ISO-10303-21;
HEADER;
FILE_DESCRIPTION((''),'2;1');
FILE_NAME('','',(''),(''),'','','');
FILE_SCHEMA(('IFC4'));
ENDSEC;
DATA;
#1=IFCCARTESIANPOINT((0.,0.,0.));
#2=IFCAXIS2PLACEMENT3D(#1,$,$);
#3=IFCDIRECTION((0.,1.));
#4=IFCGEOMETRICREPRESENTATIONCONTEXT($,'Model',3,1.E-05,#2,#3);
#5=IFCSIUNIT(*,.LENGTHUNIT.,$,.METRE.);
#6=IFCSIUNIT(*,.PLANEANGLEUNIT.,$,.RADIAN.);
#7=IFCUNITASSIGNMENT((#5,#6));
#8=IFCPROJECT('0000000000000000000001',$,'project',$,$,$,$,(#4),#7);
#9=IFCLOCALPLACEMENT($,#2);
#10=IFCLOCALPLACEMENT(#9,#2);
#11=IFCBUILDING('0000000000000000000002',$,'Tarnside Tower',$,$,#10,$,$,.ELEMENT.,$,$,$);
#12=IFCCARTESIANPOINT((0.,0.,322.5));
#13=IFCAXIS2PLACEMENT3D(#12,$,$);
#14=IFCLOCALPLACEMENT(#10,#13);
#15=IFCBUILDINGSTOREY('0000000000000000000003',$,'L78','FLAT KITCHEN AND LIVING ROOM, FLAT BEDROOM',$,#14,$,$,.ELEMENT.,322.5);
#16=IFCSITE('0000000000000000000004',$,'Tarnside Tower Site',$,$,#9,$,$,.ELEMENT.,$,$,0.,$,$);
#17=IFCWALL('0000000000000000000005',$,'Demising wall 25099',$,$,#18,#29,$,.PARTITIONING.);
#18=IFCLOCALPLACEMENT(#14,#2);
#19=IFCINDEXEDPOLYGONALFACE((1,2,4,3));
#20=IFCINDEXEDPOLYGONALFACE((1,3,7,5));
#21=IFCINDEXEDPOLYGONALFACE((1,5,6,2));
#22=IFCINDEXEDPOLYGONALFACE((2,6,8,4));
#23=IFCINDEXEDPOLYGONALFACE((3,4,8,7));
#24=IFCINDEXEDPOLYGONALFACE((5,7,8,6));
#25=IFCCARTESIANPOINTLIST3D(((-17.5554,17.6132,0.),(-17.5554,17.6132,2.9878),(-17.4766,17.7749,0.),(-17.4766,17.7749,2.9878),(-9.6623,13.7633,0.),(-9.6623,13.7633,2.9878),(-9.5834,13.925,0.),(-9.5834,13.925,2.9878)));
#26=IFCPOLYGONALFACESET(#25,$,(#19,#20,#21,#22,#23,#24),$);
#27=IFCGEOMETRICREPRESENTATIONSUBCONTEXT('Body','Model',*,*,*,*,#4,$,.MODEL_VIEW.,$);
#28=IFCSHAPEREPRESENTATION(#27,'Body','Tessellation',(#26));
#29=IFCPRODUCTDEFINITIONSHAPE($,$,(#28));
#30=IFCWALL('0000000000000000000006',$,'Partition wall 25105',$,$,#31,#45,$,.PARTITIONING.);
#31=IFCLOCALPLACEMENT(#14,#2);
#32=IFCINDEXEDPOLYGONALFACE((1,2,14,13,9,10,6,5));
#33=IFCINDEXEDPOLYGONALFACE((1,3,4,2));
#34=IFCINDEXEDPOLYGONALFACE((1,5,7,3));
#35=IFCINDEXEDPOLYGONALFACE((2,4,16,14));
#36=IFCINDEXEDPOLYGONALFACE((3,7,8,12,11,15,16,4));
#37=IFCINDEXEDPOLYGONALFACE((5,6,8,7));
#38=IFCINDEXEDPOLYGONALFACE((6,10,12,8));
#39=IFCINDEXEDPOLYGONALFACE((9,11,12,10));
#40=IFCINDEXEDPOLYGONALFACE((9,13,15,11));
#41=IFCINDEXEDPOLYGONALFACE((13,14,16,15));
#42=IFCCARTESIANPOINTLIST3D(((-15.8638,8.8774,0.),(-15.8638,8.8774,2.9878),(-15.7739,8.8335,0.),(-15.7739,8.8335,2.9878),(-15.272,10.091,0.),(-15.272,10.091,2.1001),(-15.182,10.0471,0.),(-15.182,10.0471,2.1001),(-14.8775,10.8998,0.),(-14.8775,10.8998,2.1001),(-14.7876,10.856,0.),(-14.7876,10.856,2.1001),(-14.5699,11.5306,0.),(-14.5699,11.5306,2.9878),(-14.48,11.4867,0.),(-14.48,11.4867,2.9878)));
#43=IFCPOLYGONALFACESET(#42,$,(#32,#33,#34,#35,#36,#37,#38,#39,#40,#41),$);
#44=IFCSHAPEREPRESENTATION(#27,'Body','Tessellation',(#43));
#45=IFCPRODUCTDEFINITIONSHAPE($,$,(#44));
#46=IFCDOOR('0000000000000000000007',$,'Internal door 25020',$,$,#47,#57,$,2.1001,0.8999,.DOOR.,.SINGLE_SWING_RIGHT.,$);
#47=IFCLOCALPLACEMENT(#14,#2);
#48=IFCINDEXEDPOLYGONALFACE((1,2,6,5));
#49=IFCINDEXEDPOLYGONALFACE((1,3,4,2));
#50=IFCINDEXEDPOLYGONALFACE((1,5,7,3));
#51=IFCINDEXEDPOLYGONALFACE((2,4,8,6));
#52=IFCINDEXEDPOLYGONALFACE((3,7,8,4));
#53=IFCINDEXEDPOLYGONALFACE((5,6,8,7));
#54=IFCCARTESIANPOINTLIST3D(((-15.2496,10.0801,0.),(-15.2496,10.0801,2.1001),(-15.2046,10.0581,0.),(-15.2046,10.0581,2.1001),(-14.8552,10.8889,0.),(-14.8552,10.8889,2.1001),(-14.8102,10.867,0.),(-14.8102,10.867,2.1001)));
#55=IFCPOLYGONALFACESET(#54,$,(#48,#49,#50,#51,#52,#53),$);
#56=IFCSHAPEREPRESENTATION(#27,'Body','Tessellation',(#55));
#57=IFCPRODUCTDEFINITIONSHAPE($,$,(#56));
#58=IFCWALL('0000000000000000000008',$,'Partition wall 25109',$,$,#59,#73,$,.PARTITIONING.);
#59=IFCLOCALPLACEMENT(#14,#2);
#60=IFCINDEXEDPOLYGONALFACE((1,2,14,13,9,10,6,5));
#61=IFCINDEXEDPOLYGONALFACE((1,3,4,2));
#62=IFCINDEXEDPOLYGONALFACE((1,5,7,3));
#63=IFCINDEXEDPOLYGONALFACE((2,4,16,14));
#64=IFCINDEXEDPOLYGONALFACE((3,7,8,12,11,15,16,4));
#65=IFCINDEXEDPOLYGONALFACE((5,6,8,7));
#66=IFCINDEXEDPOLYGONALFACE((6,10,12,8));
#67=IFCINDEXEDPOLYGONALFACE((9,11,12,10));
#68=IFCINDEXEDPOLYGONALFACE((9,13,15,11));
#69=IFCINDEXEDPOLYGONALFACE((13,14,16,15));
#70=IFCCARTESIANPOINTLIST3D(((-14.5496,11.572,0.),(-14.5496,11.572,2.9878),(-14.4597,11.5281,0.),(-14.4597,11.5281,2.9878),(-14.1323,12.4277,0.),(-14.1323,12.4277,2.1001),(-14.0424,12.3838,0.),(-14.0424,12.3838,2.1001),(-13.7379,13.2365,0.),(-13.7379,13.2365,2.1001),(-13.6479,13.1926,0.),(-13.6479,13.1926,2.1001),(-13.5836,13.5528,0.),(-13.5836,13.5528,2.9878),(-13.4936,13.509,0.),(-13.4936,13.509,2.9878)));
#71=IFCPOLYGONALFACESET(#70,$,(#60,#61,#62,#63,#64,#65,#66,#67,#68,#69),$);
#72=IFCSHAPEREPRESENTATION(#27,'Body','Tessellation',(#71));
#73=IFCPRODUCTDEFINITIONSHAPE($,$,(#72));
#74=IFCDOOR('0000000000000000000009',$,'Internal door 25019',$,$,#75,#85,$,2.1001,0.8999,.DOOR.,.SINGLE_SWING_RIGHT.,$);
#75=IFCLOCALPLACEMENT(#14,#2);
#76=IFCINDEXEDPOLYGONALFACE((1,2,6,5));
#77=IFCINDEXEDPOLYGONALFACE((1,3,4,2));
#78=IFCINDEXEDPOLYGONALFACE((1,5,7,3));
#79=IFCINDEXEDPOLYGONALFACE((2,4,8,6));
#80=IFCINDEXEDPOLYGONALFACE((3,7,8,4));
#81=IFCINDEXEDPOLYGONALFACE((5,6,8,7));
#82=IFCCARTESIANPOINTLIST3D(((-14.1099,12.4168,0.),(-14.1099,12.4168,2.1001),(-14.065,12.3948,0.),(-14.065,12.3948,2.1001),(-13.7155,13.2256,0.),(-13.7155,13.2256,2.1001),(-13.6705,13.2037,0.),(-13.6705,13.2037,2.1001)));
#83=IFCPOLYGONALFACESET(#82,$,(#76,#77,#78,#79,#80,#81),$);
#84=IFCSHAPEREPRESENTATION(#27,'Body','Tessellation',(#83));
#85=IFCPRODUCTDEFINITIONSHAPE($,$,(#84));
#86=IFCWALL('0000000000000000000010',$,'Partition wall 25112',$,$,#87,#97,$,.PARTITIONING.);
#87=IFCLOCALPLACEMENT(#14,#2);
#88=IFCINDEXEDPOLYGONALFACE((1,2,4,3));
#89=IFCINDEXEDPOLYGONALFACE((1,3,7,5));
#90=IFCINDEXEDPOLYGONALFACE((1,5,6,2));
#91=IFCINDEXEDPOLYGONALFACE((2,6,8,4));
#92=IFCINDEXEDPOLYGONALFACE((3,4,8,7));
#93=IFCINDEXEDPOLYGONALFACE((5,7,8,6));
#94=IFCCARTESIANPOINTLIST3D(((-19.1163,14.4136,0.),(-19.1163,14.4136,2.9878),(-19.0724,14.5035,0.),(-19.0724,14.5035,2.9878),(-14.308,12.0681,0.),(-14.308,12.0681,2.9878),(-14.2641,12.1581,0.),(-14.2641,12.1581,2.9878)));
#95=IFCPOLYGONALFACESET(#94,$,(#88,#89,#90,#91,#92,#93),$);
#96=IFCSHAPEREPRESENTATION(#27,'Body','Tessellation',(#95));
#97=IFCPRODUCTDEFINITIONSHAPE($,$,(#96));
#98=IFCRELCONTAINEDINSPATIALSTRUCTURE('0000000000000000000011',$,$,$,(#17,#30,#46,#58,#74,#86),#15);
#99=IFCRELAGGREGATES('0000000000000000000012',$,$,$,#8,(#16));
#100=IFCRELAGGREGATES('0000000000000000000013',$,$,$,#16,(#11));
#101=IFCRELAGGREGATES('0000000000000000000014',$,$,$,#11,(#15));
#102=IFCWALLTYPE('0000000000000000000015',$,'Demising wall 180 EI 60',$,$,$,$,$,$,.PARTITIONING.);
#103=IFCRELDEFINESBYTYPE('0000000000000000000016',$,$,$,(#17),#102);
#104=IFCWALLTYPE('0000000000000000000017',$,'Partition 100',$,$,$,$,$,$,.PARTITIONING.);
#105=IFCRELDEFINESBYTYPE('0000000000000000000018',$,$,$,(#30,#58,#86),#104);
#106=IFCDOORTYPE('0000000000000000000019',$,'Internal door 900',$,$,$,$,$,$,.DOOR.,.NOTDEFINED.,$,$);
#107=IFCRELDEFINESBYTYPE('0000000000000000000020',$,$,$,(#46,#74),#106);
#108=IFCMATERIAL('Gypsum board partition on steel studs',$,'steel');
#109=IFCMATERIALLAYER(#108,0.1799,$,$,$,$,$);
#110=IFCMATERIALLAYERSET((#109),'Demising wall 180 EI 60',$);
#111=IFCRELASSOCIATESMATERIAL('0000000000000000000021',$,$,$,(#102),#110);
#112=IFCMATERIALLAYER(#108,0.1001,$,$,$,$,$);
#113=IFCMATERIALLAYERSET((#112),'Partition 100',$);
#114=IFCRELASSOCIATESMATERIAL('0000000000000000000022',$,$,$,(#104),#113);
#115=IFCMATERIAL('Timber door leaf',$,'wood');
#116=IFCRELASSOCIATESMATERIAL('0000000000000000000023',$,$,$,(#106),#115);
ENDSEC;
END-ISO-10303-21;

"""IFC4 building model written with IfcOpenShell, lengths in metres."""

from ifc_helpers import new_model, si_unit, direction, frame, frame_2d, origin, place, context, subcontext, project, spatial, rectangle, extrude, material, layer, layer_set, type_object, element, fill, save


model = new_model("IFC4")

# Units and contexts
model_context = context("Model", 3, precision=1e-05, world=origin(), true_north=direction((0.0, 1.0)))
body_context = subcontext(model_context, "Body", "Model", "MODEL_VIEW")
ifc_project = project(units=[si_unit("LENGTHUNIT", "METRE"), si_unit("PLANEANGLEUNIT", "RADIAN")], contexts=[model_context])

# Site, building, storey
site_placement = place(None, origin())
site = spatial("IfcSite", under=ifc_project, at=site_placement, Name="Tarnside Tower Site", CompositionType="ELEMENT", RefElevation=0.0)
building_placement = place(site_placement, origin())
building = spatial("IfcBuilding", under=site, at=building_placement, Name="Tarnside Tower", CompositionType="ELEMENT")
storey_placement = place(building_placement, frame((0.0, 0.0, 322.5)))
storey = spatial("IfcBuildingStorey", under=building, at=storey_placement, Name="L78", Description="FLAT KITCHEN AND LIVING ROOM, FLAT BEDROOM", CompositionType="ELEMENT", Elevation=322.5)

# Shared definitions
ifc_material_1 = material(Name="Gypsum board partition on steel studs", Category="steel")
ifc_material_2 = material(Name="Timber door leaf", Category="wood")

# Wall
ifc_layer_1 = layer(ifc_material_1, 0.1799)
ifc_layer_set_1 = layer_set([ifc_layer_1], Name="Demising wall 180 EI 60")
wall_type_1 = type_object("IfcWallType", Name="Demising wall 180 EI 60", PredefinedType="PARTITIONING", material=ifc_layer_set_1)
wall_1_placement = place(storey_placement, frame((-17.5161, 17.6941, 0.0), z_axis=(0.0, 0.0, 1.0), x_axis=(0.898787, -0.438385, 0.0)))
element("IfcWall", 1, at=wall_1_placement, inside=storey, type_object=wall_type_1, Name="Demising wall 25099", PredefinedType="PARTITIONING", context=body_context, shape_type="SweptSolid", body=[
    extrude(rectangle(XDim=8.782, YDim=0.1799, at=frame_2d((4.3911, 0.0))), origin(), (0.0, 0.0, 1.0), 2.9878),
])

# Walls, openings, doors
ifc_layer_2 = layer(ifc_material_1, 0.1001)
ifc_layer_set_2 = layer_set([ifc_layer_2], Name="Partition 100")
wall_type_2 = type_object("IfcWallType", Name="Partition 100", PredefinedType="PARTITIONING", material=ifc_layer_set_2)
wall_2_placement = place(storey_placement, frame((-14.5249, 11.5088, 0.0), z_axis=(0.0, 0.0, 1.0), x_axis=(-0.438326, -0.898816, 0.0)))
wall_2 = element("IfcWall", 2, at=wall_2_placement, inside=storey, type_object=wall_type_2, Name="Partition wall 25105", PredefinedType="PARTITIONING", context=body_context, shape_type="SweptSolid", body=[
    extrude(rectangle(XDim=2.9519, YDim=0.1001, at=frame_2d((1.4761, 0.0))), origin(), (0.0, 0.0, 1.0), 2.9878),
])
opening_1_placement = place(wall_2_placement, frame((0.7019, 0.0, 0.0)))
opening_1 = element("IfcOpeningElement", 3, at=opening_1_placement, cuts=wall_2, PredefinedType="OPENING", context=body_context, shape_type="SweptSolid", body=[
    extrude(rectangle(XDim=0.8999, YDim=2.1001, at=frame_2d((0.45, 1.05))), frame((0.0, 0.0601, 0.0), z_axis=(0.0, -1.0, 0.0), x_axis=(1.0, 0.0, 0.0)), (0.0, 0.0, 1.0), 0.1201),
])
door_type_1 = type_object("IfcDoorType", Name="Internal door 900", OperationType="NOTDEFINED", PredefinedType="DOOR", material=ifc_material_2)
door_1_placement = place(opening_1_placement, origin())
door_1 = element("IfcDoor", 4, at=door_1_placement, inside=storey, type_object=door_type_1, Name="Internal door 25020", OperationType="SINGLE_SWING_RIGHT", OverallHeight=2.1001, OverallWidth=0.8999, PredefinedType="DOOR", context=body_context, shape_type="SweptSolid", body=[
    extrude(rectangle(XDim=0.8999, YDim=2.1001, at=frame_2d((0.45, 1.05))), frame((0.0, 0.0249, 0.0), z_axis=(0.0, -1.0, 0.0), x_axis=(1.0, 0.0, 0.0)), (0.0, 0.0, 1.0), 0.05),
])
fill(opening_1, door_1)
wall_3_placement = place(storey_placement, frame((-13.5386, 13.531, 0.0), z_axis=(0.0, 0.0, 1.0), x_axis=(-0.43833, -0.898814, 0.0)))
wall_3 = element("IfcWall", 5, at=wall_3_placement, inside=storey, type_object=wall_type_2, Name="Partition wall 25109", PredefinedType="PARTITIONING", context=body_context, shape_type="SweptSolid", body=[
    extrude(rectangle(XDim=2.2039, YDim=0.1001, at=frame_2d((1.1021, 0.0))), origin(), (0.0, 0.0, 1.0), 2.9878),
])
opening_2_placement = place(wall_3_placement, frame((0.3521, 0.0, 0.0)))
opening_2 = element("IfcOpeningElement", 6, at=opening_2_placement, cuts=wall_3, PredefinedType="OPENING", context=body_context, shape_type="SweptSolid", body=[
    extrude(rectangle(XDim=0.8999, YDim=2.1001, at=frame_2d((0.45, 1.05))), frame((0.0, 0.0601, 0.0), z_axis=(0.0, -1.0, 0.0), x_axis=(1.0, 0.0, 0.0)), (0.0, 0.0, 1.0), 0.1201),
])
door_2_placement = place(opening_2_placement, origin())
door_2 = element("IfcDoor", 7, at=door_2_placement, inside=storey, type_object=door_type_1, Name="Internal door 25019", OperationType="SINGLE_SWING_RIGHT", OverallHeight=2.1001, OverallWidth=0.8999, PredefinedType="DOOR", context=body_context, shape_type="SweptSolid", body=[
    extrude(rectangle(XDim=0.8999, YDim=2.1001, at=frame_2d((0.45, 1.05))), frame((0.0, 0.0249, 0.0), z_axis=(0.0, -1.0, 0.0), x_axis=(1.0, 0.0, 0.0)), (0.0, 0.0, 1.0), 0.05),
])
fill(opening_2, door_2)

# Wall
wall_4_placement = place(storey_placement, frame((-19.0942, 14.4585, 0.0), z_axis=(0.0, 0.0, 1.0), x_axis=(0.898774, -0.438412, 0.0)))
element("IfcWall", 8, at=wall_4_placement, inside=storey, type_object=wall_type_2, Name="Partition wall 25112", PredefinedType="PARTITIONING", context=body_context, shape_type="SweptSolid", body=[
    extrude(rectangle(XDim=5.3499, YDim=0.1001, at=frame_2d((2.6748, 0.0))), origin(), (0.0, 0.0, 1.0), 2.9878),
])

save(model, "model.ifc")
